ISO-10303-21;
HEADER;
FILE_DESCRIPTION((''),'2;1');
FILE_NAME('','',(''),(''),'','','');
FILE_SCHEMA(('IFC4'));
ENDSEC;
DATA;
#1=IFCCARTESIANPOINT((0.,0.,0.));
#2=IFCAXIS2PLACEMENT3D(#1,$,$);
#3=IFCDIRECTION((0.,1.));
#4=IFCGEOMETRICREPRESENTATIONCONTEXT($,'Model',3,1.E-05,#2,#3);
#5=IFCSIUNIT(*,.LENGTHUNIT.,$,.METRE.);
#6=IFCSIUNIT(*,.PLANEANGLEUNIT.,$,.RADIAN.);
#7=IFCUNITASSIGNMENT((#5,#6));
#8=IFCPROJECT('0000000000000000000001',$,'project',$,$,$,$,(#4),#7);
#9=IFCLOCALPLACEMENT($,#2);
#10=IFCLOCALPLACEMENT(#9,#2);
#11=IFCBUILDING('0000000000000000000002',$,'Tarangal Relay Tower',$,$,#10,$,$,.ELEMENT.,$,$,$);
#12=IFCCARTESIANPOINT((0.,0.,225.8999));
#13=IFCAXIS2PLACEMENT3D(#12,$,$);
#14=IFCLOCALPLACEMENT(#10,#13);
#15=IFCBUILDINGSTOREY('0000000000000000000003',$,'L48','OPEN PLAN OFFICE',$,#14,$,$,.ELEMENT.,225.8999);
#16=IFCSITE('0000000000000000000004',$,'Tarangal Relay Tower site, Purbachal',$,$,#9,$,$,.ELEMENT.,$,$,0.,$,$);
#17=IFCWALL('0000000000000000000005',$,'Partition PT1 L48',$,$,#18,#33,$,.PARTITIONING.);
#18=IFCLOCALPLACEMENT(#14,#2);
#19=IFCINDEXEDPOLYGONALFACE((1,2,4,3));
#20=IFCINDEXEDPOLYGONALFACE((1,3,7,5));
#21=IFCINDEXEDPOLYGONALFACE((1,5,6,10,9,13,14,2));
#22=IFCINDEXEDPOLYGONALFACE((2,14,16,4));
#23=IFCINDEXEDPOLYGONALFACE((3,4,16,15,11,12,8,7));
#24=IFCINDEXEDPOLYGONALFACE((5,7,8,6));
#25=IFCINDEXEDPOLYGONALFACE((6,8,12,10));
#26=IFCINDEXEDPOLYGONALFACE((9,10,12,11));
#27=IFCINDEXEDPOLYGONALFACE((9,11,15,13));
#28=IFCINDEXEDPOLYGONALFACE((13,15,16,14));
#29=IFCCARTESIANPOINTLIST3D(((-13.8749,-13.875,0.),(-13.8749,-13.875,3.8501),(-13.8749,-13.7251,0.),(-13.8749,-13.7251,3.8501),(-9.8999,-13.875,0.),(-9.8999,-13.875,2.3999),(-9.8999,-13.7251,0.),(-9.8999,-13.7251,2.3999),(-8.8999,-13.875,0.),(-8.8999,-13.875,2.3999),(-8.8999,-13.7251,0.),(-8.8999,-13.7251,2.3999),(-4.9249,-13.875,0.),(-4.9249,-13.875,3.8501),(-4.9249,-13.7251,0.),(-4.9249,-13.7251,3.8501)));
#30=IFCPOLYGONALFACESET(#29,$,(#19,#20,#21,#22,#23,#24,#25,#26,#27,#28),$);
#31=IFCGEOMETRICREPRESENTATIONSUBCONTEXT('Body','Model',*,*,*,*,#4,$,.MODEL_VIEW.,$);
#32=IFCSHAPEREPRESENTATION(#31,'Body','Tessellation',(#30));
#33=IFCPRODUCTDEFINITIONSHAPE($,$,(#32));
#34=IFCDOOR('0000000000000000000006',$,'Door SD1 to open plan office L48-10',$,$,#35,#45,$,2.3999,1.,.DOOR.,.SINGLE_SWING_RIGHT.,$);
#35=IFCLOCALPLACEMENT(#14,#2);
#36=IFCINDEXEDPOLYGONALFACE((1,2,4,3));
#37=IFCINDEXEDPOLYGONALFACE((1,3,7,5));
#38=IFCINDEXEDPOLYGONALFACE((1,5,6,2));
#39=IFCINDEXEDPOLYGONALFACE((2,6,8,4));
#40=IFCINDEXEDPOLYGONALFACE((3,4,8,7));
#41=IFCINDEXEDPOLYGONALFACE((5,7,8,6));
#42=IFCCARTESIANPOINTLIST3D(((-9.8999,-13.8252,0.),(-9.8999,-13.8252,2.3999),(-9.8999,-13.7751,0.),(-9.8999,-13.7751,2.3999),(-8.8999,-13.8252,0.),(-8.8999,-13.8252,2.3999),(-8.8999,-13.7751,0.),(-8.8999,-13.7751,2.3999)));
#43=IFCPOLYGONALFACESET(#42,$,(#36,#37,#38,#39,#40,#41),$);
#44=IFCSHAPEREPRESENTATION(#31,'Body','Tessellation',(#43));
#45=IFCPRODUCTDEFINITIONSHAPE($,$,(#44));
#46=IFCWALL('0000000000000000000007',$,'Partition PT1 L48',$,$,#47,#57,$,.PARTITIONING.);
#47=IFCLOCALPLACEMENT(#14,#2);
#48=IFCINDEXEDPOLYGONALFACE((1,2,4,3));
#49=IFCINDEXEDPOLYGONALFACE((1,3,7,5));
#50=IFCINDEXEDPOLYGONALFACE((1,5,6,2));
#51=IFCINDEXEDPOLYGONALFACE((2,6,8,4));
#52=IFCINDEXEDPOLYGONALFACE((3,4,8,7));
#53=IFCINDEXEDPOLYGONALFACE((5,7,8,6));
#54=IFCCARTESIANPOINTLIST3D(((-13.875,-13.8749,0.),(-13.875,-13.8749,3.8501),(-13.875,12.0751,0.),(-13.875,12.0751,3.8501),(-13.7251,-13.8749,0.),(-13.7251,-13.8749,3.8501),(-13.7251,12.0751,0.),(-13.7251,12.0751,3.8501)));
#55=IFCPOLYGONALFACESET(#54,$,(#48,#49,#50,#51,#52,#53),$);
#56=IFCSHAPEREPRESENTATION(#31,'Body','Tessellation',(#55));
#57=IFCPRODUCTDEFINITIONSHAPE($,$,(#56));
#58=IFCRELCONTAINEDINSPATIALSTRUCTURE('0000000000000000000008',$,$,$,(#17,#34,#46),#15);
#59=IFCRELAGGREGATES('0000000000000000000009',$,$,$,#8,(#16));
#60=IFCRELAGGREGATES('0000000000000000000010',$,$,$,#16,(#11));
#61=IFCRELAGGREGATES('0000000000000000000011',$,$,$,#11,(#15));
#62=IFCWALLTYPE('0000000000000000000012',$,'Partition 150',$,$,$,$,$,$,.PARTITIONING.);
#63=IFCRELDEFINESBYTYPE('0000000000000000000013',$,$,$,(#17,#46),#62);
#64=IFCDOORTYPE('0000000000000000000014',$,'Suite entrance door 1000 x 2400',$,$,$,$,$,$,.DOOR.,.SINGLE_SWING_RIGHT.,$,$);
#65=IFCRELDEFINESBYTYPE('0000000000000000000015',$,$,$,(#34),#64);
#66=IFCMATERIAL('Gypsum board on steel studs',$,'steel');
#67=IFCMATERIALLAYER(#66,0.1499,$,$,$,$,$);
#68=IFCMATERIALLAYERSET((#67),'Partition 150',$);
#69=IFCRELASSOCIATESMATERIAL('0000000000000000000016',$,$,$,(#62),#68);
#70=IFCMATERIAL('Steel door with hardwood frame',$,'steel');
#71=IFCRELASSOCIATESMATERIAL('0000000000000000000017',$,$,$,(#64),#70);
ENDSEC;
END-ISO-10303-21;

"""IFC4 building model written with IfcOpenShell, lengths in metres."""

from ifc_helpers import new_model, si_unit, direction, frame, frame_2d, origin, place, context, subcontext, project, spatial, rectangle, extrude, material, layer, layer_set, type_object, element, fill, save


model = new_model("IFC4")

# Units and contexts
model_context = context("Model", 3, precision=1e-05, world=origin(), true_north=direction((0.0, 1.0)))
body_context = subcontext(model_context, "Body", "Model", "MODEL_VIEW")
ifc_project = project(units=[si_unit("LENGTHUNIT", "METRE"), si_unit("PLANEANGLEUNIT", "RADIAN")], contexts=[model_context])

# Site, building, storey
site_placement = place(None, origin())
site = spatial("IfcSite", under=ifc_project, at=site_placement, Name="Tarangal Relay Tower site, Purbachal", CompositionType="ELEMENT", RefElevation=0.0)
building_placement = place(site_placement, origin())
building = spatial("IfcBuilding", under=site, at=building_placement, Name="Tarangal Relay Tower", CompositionType="ELEMENT")
storey_placement = place(building_placement, frame((0.0, 0.0, 225.8999)))
storey = spatial("IfcBuildingStorey", under=building, at=storey_placement, Name="L48", Description="OPEN PLAN OFFICE", CompositionType="ELEMENT", Elevation=225.8999)

# Wall, opening, door
ifc_material_1 = material(Name="Gypsum board on steel studs", Category="steel")
ifc_layer_1 = layer(ifc_material_1, 0.1499)
ifc_layer_set_1 = layer_set([ifc_layer_1], Name="Partition 150")
wall_type_1 = type_object("IfcWallType", Name="Partition 150", PredefinedType="PARTITIONING", material=ifc_layer_set_1)
wall_1_placement = place(storey_placement, frame((-13.875, -13.8, 0.0), z_axis=(0.0, 0.0, 1.0), x_axis=(1.0, 0.0, 0.0)))
wall_1 = element("IfcWall", 1, at=wall_1_placement, inside=storey, type_object=wall_type_1, Name="Partition PT1 L48", PredefinedType="PARTITIONING", context=body_context, shape_type="SweptSolid", body=[
    extrude(rectangle(XDim=8.95, YDim=0.1499, at=frame_2d((4.4751, 0.0))), origin(), (0.0, 0.0, 1.0), 3.8501),
])
opening_1_placement = place(wall_1_placement, frame((3.9751, 0.0, 0.0)))
opening_1 = element("IfcOpeningElement", 2, at=opening_1_placement, cuts=wall_1, PredefinedType="OPENING", context=body_context, shape_type="SweptSolid", body=[
    extrude(rectangle(XDim=1.0, YDim=2.3999, at=frame_2d((0.5, 1.2))), frame((0.0, 0.085, 0.0), z_axis=(0.0, -1.0, 0.0), x_axis=(1.0, 0.0, 0.0)), (0.0, 0.0, 1.0), 0.1699),
])
ifc_material_2 = material(Name="Steel door with hardwood frame", Category="steel")
door_type_1 = type_object("IfcDoorType", Name="Suite entrance door 1000 x 2400", OperationType="SINGLE_SWING_RIGHT", PredefinedType="DOOR", material=ifc_material_2)
door_1_placement = place(opening_1_placement, origin())
door_1 = element("IfcDoor", 3, at=door_1_placement, inside=storey, type_object=door_type_1, Name="Door SD1 to open plan office L48-10", OperationType="SINGLE_SWING_RIGHT", OverallHeight=2.3999, OverallWidth=1.0, PredefinedType="DOOR", context=body_context, shape_type="SweptSolid", body=[
    extrude(rectangle(XDim=1.0, YDim=2.3999, at=frame_2d((0.5, 1.2))), frame((0.0, 0.0249, 0.0), z_axis=(0.0, -1.0, 0.0), x_axis=(1.0, 0.0, 0.0)), (0.0, 0.0, 1.0), 0.05),
])
fill(opening_1, door_1)

# Wall
wall_2_placement = place(storey_placement, frame((-13.8, -13.875, 0.0), z_axis=(0.0, 0.0, 1.0), x_axis=(0.0, 1.0, 0.0)))
element("IfcWall", 4, at=wall_2_placement, inside=storey, type_object=wall_type_1, Name="Partition PT1 L48", PredefinedType="PARTITIONING", context=body_context, shape_type="SweptSolid", body=[
    extrude(rectangle(XDim=25.95, YDim=0.1499, at=frame_2d((12.9751, 0.0))), origin(), (0.0, 0.0, 1.0), 3.8501),
])

save(model, "model.ifc")
